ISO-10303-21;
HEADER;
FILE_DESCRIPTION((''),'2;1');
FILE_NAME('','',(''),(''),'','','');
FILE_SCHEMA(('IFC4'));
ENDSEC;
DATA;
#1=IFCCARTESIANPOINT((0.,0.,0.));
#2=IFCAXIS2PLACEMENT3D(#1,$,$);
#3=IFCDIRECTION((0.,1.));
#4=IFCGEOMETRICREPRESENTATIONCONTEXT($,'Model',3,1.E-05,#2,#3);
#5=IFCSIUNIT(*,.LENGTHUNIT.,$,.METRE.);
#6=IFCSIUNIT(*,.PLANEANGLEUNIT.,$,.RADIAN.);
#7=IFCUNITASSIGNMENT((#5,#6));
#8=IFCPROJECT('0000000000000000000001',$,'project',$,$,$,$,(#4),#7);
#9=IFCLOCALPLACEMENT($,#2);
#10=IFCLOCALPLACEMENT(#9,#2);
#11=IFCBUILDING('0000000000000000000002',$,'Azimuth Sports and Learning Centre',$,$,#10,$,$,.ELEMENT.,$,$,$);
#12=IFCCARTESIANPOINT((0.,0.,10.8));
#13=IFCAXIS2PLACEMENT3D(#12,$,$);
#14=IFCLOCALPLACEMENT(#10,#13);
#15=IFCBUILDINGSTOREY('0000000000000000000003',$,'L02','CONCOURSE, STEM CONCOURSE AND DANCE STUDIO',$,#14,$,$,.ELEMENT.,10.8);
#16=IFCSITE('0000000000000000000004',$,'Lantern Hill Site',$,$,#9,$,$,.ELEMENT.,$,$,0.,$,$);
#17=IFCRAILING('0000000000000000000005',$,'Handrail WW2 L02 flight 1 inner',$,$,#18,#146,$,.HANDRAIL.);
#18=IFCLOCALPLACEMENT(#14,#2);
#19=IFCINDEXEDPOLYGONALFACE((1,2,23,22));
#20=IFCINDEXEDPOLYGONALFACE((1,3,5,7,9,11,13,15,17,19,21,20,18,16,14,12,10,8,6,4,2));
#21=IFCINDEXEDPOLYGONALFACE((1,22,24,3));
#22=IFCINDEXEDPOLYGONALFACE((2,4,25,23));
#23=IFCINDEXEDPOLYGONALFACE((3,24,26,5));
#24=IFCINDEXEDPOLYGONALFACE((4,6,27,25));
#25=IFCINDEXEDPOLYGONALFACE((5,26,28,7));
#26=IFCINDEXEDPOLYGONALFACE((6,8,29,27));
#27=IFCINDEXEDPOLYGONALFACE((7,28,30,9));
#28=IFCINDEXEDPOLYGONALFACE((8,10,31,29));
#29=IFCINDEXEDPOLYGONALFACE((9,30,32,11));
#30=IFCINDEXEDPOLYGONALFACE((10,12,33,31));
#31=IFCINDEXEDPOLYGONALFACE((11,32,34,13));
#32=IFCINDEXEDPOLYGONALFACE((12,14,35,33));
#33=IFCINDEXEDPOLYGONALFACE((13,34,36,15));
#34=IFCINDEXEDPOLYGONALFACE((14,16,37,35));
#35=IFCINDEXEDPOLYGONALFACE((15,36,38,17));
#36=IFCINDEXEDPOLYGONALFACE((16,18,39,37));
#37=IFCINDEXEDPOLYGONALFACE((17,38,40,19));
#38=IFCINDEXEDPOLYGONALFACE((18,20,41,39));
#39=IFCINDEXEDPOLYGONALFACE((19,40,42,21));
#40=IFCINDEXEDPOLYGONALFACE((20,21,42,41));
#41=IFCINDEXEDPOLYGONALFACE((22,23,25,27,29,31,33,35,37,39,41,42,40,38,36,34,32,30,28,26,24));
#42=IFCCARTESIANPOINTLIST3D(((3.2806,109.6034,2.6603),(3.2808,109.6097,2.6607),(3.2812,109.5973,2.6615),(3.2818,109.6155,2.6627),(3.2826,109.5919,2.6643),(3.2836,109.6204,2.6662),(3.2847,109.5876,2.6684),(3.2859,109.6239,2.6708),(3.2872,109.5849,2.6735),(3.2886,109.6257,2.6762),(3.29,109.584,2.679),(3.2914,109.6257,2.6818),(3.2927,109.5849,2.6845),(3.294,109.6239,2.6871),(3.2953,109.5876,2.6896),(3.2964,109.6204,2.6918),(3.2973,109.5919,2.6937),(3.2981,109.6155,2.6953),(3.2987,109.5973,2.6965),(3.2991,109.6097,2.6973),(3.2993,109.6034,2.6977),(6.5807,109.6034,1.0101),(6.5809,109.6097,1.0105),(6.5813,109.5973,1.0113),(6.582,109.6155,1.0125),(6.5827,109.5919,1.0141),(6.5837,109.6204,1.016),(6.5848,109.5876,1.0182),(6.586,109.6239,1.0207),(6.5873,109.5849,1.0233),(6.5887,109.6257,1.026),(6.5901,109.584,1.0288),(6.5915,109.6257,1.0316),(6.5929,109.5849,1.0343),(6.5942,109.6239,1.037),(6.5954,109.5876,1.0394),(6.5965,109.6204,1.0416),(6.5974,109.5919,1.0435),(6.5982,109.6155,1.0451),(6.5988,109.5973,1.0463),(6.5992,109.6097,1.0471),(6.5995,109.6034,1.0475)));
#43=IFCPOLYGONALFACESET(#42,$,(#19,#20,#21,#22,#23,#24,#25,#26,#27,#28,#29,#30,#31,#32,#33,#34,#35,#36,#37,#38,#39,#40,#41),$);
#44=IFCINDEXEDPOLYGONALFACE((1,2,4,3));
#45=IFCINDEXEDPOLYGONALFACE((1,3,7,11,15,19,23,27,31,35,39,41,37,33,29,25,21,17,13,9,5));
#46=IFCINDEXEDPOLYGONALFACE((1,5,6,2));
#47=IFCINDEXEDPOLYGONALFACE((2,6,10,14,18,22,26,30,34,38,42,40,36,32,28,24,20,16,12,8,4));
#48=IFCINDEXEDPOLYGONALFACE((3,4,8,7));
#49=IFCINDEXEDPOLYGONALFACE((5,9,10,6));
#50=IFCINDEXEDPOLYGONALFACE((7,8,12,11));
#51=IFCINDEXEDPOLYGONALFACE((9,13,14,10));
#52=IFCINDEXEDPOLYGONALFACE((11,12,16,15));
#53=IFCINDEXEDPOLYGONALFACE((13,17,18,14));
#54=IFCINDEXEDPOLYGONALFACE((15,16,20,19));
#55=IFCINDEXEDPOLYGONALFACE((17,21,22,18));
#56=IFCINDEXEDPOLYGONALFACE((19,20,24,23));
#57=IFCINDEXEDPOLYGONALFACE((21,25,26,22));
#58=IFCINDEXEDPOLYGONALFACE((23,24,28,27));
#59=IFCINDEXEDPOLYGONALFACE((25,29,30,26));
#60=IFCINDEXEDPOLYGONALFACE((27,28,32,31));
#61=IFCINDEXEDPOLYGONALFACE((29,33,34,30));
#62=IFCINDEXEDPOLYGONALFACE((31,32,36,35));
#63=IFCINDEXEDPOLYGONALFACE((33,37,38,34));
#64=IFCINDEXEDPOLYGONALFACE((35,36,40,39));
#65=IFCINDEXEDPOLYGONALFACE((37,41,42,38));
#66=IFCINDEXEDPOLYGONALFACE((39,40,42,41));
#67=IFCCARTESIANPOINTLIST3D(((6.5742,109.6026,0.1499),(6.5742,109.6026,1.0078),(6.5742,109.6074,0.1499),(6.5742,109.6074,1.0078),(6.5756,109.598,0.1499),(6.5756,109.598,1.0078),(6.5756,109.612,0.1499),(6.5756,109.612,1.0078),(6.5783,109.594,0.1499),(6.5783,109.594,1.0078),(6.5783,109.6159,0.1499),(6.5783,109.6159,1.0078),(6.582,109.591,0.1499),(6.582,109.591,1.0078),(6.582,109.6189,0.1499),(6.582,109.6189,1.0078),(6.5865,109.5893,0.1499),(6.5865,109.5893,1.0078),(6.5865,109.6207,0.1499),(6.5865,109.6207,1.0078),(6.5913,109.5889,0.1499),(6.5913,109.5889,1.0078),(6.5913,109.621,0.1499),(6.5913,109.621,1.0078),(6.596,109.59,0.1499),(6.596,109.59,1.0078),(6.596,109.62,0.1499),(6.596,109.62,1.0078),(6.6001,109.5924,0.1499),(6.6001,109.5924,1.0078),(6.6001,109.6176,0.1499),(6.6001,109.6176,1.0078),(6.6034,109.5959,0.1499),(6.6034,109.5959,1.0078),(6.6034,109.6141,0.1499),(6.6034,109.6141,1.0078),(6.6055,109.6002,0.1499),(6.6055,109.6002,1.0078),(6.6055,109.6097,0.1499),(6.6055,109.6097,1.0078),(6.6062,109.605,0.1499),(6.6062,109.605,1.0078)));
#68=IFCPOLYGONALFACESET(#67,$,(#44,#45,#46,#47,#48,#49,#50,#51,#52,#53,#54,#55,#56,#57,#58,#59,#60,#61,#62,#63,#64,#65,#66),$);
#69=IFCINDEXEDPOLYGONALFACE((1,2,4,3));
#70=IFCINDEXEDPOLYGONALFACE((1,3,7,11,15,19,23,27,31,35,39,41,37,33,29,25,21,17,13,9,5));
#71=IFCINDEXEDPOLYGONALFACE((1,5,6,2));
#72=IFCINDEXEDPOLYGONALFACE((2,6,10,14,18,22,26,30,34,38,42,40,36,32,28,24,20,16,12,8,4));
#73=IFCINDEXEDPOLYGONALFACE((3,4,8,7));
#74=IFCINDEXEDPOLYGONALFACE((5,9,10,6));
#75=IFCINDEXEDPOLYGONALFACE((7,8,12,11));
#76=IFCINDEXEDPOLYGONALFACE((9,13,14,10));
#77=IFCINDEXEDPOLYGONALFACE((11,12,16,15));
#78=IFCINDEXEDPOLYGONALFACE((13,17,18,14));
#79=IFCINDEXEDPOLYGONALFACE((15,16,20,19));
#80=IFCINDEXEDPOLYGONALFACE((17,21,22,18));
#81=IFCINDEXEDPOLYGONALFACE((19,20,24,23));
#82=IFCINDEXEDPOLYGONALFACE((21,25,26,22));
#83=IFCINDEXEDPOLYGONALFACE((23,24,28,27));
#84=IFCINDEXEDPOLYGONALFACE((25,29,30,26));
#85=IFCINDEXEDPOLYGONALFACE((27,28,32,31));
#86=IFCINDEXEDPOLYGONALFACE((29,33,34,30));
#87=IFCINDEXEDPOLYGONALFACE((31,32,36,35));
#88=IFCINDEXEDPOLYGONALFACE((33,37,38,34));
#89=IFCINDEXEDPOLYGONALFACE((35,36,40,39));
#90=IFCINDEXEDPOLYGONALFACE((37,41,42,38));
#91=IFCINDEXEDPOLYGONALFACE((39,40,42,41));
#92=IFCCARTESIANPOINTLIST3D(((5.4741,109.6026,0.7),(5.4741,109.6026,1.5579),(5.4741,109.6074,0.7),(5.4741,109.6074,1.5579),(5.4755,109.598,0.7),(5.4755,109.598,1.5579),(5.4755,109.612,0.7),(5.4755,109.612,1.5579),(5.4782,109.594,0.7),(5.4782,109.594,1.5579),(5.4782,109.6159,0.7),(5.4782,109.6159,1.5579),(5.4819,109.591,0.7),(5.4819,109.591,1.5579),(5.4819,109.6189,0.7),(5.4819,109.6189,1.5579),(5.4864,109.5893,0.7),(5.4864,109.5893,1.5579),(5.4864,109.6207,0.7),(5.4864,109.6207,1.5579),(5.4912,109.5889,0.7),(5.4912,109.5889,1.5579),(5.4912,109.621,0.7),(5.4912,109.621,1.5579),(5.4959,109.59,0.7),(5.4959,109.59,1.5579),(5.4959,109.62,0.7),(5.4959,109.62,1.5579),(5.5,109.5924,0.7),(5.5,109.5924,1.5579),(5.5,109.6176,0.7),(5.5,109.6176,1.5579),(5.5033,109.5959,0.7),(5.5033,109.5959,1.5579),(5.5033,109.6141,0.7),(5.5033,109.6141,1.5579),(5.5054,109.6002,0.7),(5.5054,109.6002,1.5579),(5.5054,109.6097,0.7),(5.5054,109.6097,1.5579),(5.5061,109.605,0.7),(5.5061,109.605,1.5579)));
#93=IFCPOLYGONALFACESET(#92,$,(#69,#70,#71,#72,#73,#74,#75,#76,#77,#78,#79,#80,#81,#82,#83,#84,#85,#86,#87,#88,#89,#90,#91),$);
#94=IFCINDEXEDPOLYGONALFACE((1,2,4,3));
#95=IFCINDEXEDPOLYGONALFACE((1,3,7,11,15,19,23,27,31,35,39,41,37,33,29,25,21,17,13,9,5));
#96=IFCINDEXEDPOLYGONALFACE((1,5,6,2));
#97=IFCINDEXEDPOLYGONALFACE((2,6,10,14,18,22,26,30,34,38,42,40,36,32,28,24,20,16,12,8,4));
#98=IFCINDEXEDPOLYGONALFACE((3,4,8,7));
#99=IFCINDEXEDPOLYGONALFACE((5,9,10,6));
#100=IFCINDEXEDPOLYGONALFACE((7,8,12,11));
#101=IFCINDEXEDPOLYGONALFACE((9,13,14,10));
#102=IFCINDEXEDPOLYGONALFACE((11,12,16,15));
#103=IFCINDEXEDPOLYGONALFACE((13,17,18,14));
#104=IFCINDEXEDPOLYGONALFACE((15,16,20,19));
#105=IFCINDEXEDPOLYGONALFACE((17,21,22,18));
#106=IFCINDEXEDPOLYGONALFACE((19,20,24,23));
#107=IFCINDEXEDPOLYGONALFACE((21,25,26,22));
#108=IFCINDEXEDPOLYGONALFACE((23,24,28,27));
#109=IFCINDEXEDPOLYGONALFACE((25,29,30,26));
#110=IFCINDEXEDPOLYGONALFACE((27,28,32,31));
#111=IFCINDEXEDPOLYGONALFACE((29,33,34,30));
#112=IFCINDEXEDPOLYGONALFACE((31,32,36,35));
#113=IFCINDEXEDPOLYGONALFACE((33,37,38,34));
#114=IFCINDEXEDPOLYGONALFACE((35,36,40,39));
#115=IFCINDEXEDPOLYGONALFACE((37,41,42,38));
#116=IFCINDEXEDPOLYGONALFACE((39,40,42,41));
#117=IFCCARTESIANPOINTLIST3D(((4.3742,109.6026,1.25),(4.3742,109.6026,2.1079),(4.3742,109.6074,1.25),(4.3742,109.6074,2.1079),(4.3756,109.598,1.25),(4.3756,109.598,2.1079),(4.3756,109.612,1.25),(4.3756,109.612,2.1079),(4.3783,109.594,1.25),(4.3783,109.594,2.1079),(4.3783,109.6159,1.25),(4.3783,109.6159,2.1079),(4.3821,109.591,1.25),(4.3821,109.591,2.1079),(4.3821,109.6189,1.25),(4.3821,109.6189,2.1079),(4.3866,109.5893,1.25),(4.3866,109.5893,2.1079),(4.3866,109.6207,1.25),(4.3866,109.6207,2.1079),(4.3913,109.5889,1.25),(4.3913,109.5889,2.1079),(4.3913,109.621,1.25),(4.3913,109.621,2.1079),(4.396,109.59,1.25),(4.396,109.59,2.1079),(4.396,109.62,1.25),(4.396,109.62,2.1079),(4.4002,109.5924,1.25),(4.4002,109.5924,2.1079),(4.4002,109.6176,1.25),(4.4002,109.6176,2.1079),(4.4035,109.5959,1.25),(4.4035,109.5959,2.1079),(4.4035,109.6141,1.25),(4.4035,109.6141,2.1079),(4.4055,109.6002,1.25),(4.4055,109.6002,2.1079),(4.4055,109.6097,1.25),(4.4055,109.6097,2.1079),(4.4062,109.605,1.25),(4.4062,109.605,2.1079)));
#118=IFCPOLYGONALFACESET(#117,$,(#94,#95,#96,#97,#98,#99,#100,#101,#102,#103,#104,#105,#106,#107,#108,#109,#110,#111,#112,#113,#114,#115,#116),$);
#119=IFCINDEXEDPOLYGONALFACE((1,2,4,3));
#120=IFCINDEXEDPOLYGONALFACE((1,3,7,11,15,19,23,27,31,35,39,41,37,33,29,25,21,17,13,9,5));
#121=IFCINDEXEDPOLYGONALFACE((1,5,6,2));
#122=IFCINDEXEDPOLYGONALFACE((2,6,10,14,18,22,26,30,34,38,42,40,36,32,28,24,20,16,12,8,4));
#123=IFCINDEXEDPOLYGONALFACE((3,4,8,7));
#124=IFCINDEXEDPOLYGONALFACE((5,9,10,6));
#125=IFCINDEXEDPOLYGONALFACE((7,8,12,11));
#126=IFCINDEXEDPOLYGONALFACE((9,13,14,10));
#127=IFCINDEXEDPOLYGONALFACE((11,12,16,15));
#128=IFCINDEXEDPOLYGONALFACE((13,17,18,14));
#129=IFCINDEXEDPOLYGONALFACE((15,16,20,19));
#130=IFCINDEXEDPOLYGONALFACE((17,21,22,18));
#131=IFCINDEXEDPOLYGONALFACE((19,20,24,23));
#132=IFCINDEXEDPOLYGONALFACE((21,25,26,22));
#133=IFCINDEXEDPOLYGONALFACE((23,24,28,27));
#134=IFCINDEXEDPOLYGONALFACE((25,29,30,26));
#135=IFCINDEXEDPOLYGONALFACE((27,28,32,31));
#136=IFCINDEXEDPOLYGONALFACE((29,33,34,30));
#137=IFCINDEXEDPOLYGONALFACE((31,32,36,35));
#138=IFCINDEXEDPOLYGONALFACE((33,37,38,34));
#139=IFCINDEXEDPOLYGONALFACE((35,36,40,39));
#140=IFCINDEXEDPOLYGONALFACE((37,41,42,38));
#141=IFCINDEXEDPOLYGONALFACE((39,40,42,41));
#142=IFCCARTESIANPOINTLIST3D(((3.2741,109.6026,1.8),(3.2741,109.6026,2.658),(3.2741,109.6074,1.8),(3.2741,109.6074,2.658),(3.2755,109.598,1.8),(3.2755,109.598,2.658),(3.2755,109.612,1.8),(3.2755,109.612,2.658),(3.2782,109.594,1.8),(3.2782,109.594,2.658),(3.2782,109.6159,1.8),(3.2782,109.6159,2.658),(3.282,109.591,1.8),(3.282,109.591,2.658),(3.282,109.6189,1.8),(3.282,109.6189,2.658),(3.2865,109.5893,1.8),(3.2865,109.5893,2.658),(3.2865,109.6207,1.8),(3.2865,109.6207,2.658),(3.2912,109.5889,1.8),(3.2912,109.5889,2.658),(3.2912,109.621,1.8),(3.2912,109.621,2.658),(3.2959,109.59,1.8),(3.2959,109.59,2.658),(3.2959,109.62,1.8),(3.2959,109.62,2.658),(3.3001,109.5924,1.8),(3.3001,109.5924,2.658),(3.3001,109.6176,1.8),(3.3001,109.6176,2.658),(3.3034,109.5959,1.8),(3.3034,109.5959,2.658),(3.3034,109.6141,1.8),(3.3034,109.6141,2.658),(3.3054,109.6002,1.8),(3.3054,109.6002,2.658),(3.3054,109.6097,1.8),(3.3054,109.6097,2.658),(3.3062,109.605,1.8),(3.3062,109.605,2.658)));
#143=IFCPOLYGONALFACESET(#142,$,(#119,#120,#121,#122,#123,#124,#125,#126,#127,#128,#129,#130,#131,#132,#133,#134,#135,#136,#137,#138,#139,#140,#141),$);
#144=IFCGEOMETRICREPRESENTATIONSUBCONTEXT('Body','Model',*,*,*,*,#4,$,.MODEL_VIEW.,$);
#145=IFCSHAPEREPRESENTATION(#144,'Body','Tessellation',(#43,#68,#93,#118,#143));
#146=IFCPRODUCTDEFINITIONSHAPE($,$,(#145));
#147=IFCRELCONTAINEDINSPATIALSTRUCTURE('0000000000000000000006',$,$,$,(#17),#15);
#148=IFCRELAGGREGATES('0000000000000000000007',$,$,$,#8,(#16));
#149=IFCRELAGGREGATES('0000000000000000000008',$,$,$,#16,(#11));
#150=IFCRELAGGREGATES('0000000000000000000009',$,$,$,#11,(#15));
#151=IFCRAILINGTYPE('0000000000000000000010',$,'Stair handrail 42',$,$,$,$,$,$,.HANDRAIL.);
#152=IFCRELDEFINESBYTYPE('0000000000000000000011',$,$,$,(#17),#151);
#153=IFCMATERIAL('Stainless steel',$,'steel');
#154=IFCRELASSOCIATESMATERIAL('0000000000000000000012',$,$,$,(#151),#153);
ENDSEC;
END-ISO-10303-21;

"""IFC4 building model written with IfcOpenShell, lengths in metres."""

from ifc_helpers import new_model, si_unit, direction, frame, origin, origin_2d, place, context, subcontext, project, spatial, circle, extrude, material, type_object, element, save


model = new_model("IFC4")

# Units and contexts
model_context = context("Model", 3, precision=1e-05, world=origin(), true_north=direction((0.0, 1.0)))
body_context = subcontext(model_context, "Body", "Model", "MODEL_VIEW")
ifc_project = project(units=[si_unit("LENGTHUNIT", "METRE"), si_unit("PLANEANGLEUNIT", "RADIAN")], contexts=[model_context])

# Site, building, storey
site_placement = place(None, origin())
site = spatial("IfcSite", under=ifc_project, at=site_placement, Name="Lantern Hill Site", CompositionType="ELEMENT", RefElevation=0.0)
building_placement = place(site_placement, origin())
building = spatial("IfcBuilding", under=site, at=building_placement, Name="Azimuth Sports and Learning Centre", CompositionType="ELEMENT")
storey_placement = place(building_placement, frame((0.0, 0.0, 10.8)))
storey = spatial("IfcBuildingStorey", under=building, at=storey_placement, Name="L02", Description="CONCOURSE, STEM CONCOURSE AND DANCE STUDIO", CompositionType="ELEMENT", Elevation=10.8)

# Railing
ifc_material_1 = material(Name="Stainless steel", Category="steel")
railing_type_1 = type_object("IfcRailingType", Name="Stair handrail 42", PredefinedType="HANDRAIL", material=ifc_material_1)
for number, where, name in (
    (1, (6.5901, 109.605, 0.1499), "Handrail WW2 L02 flight 1 inner"),
):
    element("IfcRailing", number, at=place(storey_placement, frame(where)), inside=storey, type_object=railing_type_1, Name=name, PredefinedType="HANDRAIL", context=body_context, shape_type="SweptSolid", body=[
        extrude(circle(Radius=0.021, at=origin_2d()), frame((0.0, 0.0, 0.8789), z_axis=(-0.894414, 0.0, 0.44724), x_axis=(0.0, -1.0, 0.0)), (0.0, 0.0, 1.0), 3.6897),
        extrude(circle(Radius=0.0161, at=origin_2d()), origin(), (0.0, 0.0, 1.0), 0.8579),
        extrude(circle(Radius=0.0161, at=origin_2d()), frame((-1.1001, 0.0, 0.55)), (0.0, 0.0, 1.0), 0.8579),
        extrude(circle(Radius=0.0161, at=origin_2d()), frame((-2.2, 0.0, 1.1001)), (0.0, 0.0, 1.0), 0.8579),
        extrude(circle(Radius=0.0161, at=origin_2d()), frame((-3.3, 0.0, 1.6501)), (0.0, 0.0, 1.0), 0.8579),
    ])

save(model, "model.ifc")
